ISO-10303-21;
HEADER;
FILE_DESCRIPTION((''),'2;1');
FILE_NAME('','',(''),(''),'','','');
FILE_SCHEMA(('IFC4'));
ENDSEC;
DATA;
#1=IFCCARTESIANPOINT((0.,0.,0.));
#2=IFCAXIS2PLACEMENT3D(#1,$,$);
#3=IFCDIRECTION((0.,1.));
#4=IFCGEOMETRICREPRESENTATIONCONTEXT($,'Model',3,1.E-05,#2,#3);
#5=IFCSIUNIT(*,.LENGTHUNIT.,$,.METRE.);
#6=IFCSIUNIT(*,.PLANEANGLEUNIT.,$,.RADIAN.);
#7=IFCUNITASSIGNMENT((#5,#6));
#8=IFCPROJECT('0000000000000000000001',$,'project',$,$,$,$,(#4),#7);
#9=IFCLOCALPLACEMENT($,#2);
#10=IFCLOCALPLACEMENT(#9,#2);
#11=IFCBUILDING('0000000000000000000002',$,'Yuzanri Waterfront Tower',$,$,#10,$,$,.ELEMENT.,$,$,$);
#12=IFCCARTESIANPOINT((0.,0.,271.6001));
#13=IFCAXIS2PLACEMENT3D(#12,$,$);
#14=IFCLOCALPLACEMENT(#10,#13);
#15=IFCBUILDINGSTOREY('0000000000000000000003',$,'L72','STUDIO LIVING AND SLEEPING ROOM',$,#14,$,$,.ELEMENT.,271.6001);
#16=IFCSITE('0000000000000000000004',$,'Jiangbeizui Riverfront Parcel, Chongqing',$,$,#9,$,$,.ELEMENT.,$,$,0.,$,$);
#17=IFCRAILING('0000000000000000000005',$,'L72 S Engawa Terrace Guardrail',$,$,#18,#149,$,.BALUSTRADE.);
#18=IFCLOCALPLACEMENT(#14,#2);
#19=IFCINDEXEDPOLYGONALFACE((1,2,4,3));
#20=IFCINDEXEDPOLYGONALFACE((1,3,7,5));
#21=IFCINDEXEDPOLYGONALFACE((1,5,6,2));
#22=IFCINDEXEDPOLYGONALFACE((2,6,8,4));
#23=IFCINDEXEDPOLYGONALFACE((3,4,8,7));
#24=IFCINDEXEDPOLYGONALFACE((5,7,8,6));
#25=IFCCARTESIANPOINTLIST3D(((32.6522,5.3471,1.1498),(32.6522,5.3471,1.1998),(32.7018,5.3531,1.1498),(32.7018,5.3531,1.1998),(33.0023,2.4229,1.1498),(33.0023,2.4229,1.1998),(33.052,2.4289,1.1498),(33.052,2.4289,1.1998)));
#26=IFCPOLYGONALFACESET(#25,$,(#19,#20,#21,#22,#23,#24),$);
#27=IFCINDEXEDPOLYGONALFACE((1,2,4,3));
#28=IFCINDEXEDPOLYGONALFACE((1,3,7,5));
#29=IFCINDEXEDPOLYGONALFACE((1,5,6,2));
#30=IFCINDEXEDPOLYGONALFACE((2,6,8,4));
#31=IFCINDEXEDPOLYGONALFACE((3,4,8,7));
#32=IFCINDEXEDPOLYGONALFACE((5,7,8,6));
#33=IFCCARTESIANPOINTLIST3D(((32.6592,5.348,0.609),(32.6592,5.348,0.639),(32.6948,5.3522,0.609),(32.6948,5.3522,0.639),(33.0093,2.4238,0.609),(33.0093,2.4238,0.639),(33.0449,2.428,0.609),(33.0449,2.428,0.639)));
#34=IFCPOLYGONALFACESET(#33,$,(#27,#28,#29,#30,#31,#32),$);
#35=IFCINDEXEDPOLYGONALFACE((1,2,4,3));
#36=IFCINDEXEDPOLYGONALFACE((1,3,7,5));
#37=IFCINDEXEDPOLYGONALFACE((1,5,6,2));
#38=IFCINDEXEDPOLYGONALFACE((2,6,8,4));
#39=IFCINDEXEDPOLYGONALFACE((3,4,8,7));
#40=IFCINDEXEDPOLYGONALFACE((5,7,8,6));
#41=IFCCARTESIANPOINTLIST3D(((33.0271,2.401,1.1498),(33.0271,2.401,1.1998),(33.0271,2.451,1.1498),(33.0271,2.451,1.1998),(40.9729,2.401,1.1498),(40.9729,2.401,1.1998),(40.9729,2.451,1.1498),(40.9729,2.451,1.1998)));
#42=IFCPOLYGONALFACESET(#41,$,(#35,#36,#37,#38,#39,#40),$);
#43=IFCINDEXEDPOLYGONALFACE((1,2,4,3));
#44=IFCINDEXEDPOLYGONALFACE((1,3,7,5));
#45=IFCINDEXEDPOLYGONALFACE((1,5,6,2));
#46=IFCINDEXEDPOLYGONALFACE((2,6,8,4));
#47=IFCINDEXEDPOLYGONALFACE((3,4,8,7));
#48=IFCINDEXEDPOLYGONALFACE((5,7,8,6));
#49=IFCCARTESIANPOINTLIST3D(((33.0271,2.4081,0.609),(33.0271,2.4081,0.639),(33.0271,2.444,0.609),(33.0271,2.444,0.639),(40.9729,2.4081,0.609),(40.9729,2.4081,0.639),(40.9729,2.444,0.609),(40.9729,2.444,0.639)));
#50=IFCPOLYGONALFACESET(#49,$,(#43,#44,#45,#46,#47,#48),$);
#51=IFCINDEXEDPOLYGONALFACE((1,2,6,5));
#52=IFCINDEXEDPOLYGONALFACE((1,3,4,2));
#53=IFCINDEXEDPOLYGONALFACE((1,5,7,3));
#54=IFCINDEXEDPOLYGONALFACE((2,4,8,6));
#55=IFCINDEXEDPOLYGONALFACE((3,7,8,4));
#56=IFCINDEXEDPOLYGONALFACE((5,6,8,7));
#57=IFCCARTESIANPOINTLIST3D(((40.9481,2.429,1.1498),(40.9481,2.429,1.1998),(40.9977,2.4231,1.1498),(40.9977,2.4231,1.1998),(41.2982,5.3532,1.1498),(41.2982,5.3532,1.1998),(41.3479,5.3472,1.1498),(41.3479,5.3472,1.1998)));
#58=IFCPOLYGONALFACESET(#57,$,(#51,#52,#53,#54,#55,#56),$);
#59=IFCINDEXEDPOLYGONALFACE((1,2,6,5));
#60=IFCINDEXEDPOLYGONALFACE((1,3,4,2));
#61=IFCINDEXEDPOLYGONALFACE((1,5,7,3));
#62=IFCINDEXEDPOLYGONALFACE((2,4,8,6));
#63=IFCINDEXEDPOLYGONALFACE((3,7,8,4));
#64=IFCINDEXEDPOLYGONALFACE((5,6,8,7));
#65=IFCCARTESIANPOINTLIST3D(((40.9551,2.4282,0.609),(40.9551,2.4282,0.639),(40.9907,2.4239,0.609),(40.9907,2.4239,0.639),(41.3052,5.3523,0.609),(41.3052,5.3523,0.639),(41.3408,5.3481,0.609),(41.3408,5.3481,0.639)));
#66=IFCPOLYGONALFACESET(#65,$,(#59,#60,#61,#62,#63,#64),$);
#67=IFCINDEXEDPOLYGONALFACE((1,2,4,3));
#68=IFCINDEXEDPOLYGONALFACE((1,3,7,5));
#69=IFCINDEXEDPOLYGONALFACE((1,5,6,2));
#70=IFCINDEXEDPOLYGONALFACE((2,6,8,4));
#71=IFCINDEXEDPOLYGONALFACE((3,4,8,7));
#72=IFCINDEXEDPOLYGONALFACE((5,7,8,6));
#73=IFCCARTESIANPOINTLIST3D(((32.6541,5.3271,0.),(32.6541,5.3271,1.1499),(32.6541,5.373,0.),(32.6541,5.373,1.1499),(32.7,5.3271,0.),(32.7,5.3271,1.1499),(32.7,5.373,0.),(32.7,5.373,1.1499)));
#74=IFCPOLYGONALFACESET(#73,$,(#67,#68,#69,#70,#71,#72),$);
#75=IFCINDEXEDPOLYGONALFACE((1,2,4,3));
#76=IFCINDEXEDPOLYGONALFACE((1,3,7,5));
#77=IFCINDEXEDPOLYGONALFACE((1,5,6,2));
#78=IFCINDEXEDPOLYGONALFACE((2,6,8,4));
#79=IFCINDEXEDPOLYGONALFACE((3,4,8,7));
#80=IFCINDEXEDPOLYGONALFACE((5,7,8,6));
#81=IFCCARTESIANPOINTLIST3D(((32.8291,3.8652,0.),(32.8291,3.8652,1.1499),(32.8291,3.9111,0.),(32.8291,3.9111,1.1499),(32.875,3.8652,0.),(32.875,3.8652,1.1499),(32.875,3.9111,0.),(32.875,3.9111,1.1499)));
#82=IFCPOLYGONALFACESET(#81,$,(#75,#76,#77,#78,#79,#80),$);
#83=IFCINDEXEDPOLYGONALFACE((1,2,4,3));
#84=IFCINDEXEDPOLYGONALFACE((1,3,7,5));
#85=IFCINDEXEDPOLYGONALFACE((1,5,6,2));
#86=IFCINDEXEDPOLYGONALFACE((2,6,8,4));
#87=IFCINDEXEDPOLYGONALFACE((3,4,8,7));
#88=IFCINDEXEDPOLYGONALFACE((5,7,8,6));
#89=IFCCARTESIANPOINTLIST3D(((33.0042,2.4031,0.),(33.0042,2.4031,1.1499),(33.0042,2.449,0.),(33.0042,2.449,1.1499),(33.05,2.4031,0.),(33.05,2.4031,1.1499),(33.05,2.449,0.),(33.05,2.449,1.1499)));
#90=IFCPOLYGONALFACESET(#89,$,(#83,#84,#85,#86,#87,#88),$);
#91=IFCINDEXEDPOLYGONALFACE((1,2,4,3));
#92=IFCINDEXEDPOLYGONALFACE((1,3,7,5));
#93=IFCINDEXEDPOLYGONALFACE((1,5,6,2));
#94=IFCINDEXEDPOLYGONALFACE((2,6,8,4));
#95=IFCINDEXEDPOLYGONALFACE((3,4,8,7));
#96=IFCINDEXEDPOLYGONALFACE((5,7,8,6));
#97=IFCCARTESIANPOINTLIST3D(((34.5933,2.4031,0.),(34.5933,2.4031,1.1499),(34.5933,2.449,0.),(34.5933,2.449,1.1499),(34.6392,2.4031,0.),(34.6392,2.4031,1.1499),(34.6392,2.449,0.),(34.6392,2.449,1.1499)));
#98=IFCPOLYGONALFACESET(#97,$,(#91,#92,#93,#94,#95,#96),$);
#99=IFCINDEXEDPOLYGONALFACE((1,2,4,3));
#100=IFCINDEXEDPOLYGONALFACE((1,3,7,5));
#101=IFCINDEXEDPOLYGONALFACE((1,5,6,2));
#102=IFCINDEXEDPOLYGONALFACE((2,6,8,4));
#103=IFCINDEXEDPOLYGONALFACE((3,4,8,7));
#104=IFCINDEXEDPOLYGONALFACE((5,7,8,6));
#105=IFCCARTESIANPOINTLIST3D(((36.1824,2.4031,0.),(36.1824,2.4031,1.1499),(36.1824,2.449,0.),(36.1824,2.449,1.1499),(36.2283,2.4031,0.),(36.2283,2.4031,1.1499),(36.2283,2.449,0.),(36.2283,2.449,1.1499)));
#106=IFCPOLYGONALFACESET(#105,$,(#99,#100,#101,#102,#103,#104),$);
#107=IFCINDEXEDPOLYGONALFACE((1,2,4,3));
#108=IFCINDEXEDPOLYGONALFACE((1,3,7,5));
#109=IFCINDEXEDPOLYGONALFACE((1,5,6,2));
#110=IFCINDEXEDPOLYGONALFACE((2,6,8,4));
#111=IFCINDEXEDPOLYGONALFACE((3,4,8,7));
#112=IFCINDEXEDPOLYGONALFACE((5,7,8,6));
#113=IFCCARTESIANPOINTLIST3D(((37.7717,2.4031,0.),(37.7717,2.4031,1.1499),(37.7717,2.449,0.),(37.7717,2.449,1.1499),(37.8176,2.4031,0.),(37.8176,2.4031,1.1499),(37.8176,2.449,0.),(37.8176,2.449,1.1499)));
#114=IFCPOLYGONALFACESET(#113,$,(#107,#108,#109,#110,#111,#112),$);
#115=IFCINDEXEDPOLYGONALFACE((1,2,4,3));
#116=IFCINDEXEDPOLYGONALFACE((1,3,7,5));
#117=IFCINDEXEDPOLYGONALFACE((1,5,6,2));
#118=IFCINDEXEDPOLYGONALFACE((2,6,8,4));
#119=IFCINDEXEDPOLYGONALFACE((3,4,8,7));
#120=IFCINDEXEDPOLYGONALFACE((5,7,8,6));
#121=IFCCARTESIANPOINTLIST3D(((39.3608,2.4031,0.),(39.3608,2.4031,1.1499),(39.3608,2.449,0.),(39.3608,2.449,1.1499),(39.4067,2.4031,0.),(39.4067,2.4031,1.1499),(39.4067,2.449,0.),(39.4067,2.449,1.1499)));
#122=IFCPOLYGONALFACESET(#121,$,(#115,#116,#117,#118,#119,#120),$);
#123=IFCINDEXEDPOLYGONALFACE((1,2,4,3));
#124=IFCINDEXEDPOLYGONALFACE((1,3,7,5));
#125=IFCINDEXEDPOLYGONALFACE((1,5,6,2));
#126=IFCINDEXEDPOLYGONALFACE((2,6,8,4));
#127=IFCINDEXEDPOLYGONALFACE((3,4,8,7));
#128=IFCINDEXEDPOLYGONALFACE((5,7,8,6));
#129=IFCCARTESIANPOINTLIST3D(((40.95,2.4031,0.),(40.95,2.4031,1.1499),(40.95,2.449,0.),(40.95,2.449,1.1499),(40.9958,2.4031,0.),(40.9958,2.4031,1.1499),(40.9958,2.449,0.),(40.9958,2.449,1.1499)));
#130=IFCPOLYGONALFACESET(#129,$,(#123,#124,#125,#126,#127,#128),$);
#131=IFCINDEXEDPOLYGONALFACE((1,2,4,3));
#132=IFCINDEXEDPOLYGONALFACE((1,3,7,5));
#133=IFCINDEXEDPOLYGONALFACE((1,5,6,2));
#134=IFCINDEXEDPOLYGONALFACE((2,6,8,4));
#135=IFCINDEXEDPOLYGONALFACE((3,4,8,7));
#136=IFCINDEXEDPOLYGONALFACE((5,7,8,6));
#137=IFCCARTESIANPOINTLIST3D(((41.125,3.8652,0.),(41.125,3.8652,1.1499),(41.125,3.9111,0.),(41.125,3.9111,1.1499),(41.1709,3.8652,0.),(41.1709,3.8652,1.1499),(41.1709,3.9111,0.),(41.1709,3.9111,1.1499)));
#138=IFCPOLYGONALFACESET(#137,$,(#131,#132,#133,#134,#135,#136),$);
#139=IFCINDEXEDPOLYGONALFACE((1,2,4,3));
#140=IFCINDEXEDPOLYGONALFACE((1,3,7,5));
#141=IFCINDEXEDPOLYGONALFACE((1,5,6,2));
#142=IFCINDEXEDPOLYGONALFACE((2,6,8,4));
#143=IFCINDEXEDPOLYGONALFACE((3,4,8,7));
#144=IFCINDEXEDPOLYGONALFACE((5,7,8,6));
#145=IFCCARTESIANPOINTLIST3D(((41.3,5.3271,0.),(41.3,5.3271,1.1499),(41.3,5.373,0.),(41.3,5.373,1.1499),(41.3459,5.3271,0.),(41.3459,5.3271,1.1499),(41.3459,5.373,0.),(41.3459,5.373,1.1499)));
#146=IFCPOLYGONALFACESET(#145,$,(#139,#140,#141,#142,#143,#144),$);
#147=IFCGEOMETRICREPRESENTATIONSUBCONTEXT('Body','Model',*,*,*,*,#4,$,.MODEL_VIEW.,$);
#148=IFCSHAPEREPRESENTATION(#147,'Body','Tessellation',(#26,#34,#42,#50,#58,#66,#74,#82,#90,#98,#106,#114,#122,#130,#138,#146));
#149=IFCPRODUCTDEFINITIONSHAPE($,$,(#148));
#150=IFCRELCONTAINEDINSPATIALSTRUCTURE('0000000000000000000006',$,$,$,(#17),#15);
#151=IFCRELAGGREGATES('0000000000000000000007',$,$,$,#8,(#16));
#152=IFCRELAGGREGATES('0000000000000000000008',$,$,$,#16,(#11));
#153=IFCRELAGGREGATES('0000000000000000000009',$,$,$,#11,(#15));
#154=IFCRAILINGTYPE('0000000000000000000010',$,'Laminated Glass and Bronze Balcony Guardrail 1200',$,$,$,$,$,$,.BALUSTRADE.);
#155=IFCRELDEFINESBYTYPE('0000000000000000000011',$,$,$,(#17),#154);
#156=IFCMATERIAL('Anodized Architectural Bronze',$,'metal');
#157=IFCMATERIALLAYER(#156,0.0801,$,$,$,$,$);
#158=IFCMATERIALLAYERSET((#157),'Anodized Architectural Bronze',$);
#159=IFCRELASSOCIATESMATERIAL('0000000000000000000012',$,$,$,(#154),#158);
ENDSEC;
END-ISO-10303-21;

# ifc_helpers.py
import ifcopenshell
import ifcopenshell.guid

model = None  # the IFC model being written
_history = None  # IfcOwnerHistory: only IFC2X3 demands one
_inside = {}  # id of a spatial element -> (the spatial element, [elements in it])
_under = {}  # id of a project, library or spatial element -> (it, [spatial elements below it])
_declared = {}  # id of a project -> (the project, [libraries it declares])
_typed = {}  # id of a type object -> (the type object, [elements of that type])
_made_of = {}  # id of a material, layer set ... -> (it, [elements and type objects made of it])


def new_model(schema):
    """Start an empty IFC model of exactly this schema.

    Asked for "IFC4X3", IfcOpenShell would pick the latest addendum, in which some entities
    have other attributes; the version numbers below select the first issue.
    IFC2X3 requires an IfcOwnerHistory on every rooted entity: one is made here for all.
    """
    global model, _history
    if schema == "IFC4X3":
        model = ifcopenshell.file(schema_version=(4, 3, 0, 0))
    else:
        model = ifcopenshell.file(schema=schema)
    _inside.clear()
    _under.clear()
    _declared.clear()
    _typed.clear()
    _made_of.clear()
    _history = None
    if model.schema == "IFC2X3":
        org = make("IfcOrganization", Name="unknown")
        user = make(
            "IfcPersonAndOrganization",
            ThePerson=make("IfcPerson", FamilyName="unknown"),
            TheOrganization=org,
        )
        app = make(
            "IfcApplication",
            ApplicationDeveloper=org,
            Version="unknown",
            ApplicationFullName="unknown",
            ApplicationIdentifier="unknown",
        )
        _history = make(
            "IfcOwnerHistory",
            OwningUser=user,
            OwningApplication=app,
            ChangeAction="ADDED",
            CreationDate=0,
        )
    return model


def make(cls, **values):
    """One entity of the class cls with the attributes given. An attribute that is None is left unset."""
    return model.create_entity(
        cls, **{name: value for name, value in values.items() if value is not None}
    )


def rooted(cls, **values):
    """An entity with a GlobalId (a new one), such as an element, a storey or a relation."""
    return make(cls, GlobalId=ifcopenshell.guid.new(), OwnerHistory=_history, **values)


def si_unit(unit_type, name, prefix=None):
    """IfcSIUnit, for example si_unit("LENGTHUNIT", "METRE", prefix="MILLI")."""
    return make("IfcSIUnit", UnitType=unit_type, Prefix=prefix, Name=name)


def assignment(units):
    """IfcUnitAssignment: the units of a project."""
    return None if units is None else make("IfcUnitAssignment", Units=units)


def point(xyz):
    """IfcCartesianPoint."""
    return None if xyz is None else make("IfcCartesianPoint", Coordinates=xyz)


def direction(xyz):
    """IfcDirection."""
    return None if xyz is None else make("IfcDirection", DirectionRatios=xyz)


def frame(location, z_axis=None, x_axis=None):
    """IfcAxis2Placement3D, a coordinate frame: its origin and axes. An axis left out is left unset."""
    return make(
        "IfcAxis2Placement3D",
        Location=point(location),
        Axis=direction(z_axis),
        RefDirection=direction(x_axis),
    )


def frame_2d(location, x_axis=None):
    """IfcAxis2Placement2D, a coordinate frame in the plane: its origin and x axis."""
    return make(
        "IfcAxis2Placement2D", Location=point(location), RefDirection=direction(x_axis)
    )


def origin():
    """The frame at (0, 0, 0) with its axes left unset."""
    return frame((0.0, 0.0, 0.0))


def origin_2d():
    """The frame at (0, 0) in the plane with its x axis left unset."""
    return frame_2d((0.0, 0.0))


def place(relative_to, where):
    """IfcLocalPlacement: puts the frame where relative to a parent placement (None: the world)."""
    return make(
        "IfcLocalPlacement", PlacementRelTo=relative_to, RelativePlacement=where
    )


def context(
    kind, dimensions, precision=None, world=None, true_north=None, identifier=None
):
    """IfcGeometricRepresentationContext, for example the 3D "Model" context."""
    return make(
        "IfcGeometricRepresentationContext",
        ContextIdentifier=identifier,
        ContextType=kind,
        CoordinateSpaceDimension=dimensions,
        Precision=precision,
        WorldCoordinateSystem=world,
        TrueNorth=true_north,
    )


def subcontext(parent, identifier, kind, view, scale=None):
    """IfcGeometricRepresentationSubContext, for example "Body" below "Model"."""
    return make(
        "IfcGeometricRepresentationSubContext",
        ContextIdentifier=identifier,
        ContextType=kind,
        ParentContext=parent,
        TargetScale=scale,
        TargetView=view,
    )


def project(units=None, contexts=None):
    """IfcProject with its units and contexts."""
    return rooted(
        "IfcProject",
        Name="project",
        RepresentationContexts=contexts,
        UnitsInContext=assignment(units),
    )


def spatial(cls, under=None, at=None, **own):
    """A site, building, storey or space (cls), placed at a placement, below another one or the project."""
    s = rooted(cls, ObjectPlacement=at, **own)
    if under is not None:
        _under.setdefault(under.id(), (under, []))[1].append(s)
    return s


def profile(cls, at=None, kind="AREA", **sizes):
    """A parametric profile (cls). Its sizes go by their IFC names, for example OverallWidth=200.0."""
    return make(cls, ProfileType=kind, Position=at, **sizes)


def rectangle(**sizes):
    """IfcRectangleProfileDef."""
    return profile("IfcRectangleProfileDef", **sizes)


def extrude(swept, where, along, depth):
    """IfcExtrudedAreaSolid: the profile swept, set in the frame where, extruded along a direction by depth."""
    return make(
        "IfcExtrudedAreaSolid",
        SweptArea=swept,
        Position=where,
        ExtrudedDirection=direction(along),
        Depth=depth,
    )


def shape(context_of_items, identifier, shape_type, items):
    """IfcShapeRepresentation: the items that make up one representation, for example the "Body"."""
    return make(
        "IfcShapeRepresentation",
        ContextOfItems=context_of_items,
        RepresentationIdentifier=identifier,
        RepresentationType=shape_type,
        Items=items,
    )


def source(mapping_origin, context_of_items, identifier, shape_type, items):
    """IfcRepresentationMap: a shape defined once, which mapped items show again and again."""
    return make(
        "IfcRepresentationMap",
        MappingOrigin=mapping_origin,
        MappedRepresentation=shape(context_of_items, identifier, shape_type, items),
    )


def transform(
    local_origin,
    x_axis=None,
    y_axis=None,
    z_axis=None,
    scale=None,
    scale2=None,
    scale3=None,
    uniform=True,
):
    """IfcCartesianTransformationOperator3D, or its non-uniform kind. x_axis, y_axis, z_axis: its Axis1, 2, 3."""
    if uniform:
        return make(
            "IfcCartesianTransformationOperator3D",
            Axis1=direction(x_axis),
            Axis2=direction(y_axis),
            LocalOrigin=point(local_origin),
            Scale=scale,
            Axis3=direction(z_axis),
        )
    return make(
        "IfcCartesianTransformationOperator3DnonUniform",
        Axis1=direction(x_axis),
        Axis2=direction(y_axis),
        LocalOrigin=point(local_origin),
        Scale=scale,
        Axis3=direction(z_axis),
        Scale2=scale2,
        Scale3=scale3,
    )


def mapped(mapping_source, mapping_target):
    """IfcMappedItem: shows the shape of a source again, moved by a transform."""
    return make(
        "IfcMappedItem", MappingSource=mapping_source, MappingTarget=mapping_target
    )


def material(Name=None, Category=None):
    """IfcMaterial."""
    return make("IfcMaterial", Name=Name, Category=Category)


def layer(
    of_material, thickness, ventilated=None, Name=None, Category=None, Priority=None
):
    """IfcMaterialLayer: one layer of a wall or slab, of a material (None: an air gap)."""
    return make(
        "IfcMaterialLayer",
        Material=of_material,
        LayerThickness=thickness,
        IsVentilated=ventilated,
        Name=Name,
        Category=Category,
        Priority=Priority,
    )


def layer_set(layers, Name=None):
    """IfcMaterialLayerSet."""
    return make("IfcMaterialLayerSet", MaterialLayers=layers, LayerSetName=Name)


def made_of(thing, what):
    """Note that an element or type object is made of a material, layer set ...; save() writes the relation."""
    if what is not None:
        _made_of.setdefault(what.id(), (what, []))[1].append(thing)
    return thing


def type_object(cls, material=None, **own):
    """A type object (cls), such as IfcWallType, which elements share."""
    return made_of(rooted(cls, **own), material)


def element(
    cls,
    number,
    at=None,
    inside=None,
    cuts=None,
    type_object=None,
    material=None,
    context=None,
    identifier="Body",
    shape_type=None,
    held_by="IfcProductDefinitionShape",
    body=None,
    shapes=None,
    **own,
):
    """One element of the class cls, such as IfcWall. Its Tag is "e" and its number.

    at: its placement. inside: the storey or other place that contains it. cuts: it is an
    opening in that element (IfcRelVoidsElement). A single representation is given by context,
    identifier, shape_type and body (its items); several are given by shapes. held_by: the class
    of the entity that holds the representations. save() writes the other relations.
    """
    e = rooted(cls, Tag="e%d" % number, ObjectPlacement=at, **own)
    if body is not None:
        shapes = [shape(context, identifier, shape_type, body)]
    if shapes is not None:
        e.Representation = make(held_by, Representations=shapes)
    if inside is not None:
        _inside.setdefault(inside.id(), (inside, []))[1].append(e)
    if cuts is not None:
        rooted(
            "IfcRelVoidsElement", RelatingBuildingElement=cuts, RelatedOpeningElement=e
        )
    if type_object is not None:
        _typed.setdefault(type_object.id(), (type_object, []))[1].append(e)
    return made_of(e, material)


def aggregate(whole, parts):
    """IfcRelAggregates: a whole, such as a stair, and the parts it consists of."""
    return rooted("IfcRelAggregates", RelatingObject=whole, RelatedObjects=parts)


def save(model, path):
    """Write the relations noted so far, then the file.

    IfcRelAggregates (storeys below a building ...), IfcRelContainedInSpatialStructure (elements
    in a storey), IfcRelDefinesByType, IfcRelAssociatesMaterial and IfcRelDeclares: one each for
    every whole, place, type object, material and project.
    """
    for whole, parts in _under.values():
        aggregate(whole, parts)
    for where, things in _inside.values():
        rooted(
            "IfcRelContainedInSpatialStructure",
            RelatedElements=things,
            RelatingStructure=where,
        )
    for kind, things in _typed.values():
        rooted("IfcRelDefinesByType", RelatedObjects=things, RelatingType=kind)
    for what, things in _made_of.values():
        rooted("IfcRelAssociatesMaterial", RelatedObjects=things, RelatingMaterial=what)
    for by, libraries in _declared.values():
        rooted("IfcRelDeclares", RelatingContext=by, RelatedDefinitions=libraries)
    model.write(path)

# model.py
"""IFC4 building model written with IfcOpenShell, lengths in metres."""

from ifc_helpers import new_model, si_unit, direction, frame, origin, origin_2d, place, context, subcontext, project, spatial, rectangle, extrude, source, transform, mapped, material, layer, layer_set, type_object, element, save


model = new_model("IFC4")

# Units and contexts
model_context = context("Model", 3, precision=1e-05, world=origin(), true_north=direction((0.0, 1.0)))
body_context = subcontext(model_context, "Body", "Model", "MODEL_VIEW")
ifc_project = project(units=[si_unit("LENGTHUNIT", "METRE"), si_unit("PLANEANGLEUNIT", "RADIAN")], contexts=[model_context])

# Site, building, storey
site_placement = place(None, origin())
site = spatial("IfcSite", under=ifc_project, at=site_placement, Name="Jiangbeizui Riverfront Parcel, Chongqing", CompositionType="ELEMENT", RefElevation=0.0)
building_placement = place(site_placement, origin())
building = spatial("IfcBuilding", under=site, at=building_placement, Name="Yuzanri Waterfront Tower", CompositionType="ELEMENT")
storey_placement = place(building_placement, frame((0.0, 0.0, 271.6001)))
storey = spatial("IfcBuildingStorey", under=building, at=storey_placement, Name="L72", Description="STUDIO LIVING AND SLEEPING ROOM", CompositionType="ELEMENT", Elevation=271.6001)

# Railing
ifc_material_1 = material(Name="Anodized Architectural Bronze", Category="metal")
ifc_layer_1 = layer(ifc_material_1, 0.0801)
ifc_layer_set_1 = layer_set([ifc_layer_1], Name="Anodized Architectural Bronze")
railing_type = type_object("IfcRailingType", Name="Laminated Glass and Bronze Balcony Guardrail 1200", PredefinedType="BALUSTRADE", material=ifc_layer_set_1)
shared_shape_1 = source(origin(), body_context, "Body", "SweptSolid", [
    extrude(rectangle(XDim=0.05, YDim=0.05, at=origin_2d()), frame((0.0, 0.0, 1.1748), z_axis=(0.11888, -0.992909, 0.0), x_axis=(0.992909, 0.11888, 0.0)), (0.0, 0.0, 1.0), 2.9451),
    extrude(rectangle(XDim=0.0359, YDim=0.03, at=origin_2d()), frame((0.0, 0.0, 0.624), z_axis=(0.11888, -0.992909, 0.0), x_axis=(0.992909, 0.11888, 0.0)), (0.0, 0.0, 1.0), 2.9451),
    extrude(rectangle(XDim=0.05, YDim=0.05, at=origin_2d()), frame((0.3501, -2.9241, 1.1748), z_axis=(1.0, 0.0, 0.0), x_axis=(0.0, 1.0, 0.0)), (0.0, 0.0, 1.0), 7.9458),
    extrude(rectangle(XDim=0.0359, YDim=0.03, at=origin_2d()), frame((0.3501, -2.9241, 0.624), z_axis=(1.0, 0.0, 0.0), x_axis=(0.0, 1.0, 0.0)), (0.0, 0.0, 1.0), 7.9458),
    extrude(rectangle(XDim=0.05, YDim=0.05, at=origin_2d()), frame((8.2959, -2.9241, 1.1748), z_axis=(0.11888, 0.992909, 0.0), x_axis=(-0.992909, 0.11888, 0.0)), (0.0, 0.0, 1.0), 2.9451),
    extrude(rectangle(XDim=0.0359, YDim=0.03, at=origin_2d()), frame((8.2959, -2.9241, 0.624), z_axis=(0.11888, 0.992909, 0.0), x_axis=(-0.992909, 0.11888, 0.0)), (0.0, 0.0, 1.0), 2.9451),
    extrude(rectangle(XDim=0.0459, YDim=0.0459, at=origin_2d()), origin(), (0.0, 0.0, 1.0), 1.1499),
    extrude(rectangle(XDim=0.0459, YDim=0.0459, at=origin_2d()), frame((0.175, -1.4619, 0.0)), (0.0, 0.0, 1.0), 1.1499),
    extrude(rectangle(XDim=0.0459, YDim=0.0459, at=origin_2d()), frame((0.3501, -2.9241, 0.0)), (0.0, 0.0, 1.0), 1.1499),
    extrude(rectangle(XDim=0.0459, YDim=0.0459, at=origin_2d()), frame((1.9392, -2.9241, 0.0)), (0.0, 0.0, 1.0), 1.1499),
    extrude(rectangle(XDim=0.0459, YDim=0.0459, at=origin_2d()), frame((3.5283, -2.9241, 0.0)), (0.0, 0.0, 1.0), 1.1499),
    extrude(rectangle(XDim=0.0459, YDim=0.0459, at=origin_2d()), frame((5.1177, -2.9241, 0.0)), (0.0, 0.0, 1.0), 1.1499),
    extrude(rectangle(XDim=0.0459, YDim=0.0459, at=origin_2d()), frame((6.7068, -2.9241, 0.0)), (0.0, 0.0, 1.0), 1.1499),
    extrude(rectangle(XDim=0.0459, YDim=0.0459, at=origin_2d()), frame((8.2959, -2.9241, 0.0)), (0.0, 0.0, 1.0), 1.1499),
    extrude(rectangle(XDim=0.0459, YDim=0.0459, at=origin_2d()), frame((8.4709, -1.4619, 0.0)), (0.0, 0.0, 1.0), 1.1499),
    extrude(rectangle(XDim=0.0459, YDim=0.0459, at=origin_2d()), frame((8.646, 0.0, 0.0)), (0.0, 0.0, 1.0), 1.1499),
])
railing_placement = place(storey_placement, frame((32.677, 5.3501, 0.0)))
element("IfcRailing", 1, at=railing_placement, inside=storey, type_object=railing_type, Name="L72 S Engawa Terrace Guardrail", PredefinedType="BALUSTRADE", context=body_context, shape_type="MappedRepresentation", body=[
    mapped(shared_shape_1, transform((0.0, 0.0, 0.0), scale=1.0)),
])

save(model, "model.ifc")
